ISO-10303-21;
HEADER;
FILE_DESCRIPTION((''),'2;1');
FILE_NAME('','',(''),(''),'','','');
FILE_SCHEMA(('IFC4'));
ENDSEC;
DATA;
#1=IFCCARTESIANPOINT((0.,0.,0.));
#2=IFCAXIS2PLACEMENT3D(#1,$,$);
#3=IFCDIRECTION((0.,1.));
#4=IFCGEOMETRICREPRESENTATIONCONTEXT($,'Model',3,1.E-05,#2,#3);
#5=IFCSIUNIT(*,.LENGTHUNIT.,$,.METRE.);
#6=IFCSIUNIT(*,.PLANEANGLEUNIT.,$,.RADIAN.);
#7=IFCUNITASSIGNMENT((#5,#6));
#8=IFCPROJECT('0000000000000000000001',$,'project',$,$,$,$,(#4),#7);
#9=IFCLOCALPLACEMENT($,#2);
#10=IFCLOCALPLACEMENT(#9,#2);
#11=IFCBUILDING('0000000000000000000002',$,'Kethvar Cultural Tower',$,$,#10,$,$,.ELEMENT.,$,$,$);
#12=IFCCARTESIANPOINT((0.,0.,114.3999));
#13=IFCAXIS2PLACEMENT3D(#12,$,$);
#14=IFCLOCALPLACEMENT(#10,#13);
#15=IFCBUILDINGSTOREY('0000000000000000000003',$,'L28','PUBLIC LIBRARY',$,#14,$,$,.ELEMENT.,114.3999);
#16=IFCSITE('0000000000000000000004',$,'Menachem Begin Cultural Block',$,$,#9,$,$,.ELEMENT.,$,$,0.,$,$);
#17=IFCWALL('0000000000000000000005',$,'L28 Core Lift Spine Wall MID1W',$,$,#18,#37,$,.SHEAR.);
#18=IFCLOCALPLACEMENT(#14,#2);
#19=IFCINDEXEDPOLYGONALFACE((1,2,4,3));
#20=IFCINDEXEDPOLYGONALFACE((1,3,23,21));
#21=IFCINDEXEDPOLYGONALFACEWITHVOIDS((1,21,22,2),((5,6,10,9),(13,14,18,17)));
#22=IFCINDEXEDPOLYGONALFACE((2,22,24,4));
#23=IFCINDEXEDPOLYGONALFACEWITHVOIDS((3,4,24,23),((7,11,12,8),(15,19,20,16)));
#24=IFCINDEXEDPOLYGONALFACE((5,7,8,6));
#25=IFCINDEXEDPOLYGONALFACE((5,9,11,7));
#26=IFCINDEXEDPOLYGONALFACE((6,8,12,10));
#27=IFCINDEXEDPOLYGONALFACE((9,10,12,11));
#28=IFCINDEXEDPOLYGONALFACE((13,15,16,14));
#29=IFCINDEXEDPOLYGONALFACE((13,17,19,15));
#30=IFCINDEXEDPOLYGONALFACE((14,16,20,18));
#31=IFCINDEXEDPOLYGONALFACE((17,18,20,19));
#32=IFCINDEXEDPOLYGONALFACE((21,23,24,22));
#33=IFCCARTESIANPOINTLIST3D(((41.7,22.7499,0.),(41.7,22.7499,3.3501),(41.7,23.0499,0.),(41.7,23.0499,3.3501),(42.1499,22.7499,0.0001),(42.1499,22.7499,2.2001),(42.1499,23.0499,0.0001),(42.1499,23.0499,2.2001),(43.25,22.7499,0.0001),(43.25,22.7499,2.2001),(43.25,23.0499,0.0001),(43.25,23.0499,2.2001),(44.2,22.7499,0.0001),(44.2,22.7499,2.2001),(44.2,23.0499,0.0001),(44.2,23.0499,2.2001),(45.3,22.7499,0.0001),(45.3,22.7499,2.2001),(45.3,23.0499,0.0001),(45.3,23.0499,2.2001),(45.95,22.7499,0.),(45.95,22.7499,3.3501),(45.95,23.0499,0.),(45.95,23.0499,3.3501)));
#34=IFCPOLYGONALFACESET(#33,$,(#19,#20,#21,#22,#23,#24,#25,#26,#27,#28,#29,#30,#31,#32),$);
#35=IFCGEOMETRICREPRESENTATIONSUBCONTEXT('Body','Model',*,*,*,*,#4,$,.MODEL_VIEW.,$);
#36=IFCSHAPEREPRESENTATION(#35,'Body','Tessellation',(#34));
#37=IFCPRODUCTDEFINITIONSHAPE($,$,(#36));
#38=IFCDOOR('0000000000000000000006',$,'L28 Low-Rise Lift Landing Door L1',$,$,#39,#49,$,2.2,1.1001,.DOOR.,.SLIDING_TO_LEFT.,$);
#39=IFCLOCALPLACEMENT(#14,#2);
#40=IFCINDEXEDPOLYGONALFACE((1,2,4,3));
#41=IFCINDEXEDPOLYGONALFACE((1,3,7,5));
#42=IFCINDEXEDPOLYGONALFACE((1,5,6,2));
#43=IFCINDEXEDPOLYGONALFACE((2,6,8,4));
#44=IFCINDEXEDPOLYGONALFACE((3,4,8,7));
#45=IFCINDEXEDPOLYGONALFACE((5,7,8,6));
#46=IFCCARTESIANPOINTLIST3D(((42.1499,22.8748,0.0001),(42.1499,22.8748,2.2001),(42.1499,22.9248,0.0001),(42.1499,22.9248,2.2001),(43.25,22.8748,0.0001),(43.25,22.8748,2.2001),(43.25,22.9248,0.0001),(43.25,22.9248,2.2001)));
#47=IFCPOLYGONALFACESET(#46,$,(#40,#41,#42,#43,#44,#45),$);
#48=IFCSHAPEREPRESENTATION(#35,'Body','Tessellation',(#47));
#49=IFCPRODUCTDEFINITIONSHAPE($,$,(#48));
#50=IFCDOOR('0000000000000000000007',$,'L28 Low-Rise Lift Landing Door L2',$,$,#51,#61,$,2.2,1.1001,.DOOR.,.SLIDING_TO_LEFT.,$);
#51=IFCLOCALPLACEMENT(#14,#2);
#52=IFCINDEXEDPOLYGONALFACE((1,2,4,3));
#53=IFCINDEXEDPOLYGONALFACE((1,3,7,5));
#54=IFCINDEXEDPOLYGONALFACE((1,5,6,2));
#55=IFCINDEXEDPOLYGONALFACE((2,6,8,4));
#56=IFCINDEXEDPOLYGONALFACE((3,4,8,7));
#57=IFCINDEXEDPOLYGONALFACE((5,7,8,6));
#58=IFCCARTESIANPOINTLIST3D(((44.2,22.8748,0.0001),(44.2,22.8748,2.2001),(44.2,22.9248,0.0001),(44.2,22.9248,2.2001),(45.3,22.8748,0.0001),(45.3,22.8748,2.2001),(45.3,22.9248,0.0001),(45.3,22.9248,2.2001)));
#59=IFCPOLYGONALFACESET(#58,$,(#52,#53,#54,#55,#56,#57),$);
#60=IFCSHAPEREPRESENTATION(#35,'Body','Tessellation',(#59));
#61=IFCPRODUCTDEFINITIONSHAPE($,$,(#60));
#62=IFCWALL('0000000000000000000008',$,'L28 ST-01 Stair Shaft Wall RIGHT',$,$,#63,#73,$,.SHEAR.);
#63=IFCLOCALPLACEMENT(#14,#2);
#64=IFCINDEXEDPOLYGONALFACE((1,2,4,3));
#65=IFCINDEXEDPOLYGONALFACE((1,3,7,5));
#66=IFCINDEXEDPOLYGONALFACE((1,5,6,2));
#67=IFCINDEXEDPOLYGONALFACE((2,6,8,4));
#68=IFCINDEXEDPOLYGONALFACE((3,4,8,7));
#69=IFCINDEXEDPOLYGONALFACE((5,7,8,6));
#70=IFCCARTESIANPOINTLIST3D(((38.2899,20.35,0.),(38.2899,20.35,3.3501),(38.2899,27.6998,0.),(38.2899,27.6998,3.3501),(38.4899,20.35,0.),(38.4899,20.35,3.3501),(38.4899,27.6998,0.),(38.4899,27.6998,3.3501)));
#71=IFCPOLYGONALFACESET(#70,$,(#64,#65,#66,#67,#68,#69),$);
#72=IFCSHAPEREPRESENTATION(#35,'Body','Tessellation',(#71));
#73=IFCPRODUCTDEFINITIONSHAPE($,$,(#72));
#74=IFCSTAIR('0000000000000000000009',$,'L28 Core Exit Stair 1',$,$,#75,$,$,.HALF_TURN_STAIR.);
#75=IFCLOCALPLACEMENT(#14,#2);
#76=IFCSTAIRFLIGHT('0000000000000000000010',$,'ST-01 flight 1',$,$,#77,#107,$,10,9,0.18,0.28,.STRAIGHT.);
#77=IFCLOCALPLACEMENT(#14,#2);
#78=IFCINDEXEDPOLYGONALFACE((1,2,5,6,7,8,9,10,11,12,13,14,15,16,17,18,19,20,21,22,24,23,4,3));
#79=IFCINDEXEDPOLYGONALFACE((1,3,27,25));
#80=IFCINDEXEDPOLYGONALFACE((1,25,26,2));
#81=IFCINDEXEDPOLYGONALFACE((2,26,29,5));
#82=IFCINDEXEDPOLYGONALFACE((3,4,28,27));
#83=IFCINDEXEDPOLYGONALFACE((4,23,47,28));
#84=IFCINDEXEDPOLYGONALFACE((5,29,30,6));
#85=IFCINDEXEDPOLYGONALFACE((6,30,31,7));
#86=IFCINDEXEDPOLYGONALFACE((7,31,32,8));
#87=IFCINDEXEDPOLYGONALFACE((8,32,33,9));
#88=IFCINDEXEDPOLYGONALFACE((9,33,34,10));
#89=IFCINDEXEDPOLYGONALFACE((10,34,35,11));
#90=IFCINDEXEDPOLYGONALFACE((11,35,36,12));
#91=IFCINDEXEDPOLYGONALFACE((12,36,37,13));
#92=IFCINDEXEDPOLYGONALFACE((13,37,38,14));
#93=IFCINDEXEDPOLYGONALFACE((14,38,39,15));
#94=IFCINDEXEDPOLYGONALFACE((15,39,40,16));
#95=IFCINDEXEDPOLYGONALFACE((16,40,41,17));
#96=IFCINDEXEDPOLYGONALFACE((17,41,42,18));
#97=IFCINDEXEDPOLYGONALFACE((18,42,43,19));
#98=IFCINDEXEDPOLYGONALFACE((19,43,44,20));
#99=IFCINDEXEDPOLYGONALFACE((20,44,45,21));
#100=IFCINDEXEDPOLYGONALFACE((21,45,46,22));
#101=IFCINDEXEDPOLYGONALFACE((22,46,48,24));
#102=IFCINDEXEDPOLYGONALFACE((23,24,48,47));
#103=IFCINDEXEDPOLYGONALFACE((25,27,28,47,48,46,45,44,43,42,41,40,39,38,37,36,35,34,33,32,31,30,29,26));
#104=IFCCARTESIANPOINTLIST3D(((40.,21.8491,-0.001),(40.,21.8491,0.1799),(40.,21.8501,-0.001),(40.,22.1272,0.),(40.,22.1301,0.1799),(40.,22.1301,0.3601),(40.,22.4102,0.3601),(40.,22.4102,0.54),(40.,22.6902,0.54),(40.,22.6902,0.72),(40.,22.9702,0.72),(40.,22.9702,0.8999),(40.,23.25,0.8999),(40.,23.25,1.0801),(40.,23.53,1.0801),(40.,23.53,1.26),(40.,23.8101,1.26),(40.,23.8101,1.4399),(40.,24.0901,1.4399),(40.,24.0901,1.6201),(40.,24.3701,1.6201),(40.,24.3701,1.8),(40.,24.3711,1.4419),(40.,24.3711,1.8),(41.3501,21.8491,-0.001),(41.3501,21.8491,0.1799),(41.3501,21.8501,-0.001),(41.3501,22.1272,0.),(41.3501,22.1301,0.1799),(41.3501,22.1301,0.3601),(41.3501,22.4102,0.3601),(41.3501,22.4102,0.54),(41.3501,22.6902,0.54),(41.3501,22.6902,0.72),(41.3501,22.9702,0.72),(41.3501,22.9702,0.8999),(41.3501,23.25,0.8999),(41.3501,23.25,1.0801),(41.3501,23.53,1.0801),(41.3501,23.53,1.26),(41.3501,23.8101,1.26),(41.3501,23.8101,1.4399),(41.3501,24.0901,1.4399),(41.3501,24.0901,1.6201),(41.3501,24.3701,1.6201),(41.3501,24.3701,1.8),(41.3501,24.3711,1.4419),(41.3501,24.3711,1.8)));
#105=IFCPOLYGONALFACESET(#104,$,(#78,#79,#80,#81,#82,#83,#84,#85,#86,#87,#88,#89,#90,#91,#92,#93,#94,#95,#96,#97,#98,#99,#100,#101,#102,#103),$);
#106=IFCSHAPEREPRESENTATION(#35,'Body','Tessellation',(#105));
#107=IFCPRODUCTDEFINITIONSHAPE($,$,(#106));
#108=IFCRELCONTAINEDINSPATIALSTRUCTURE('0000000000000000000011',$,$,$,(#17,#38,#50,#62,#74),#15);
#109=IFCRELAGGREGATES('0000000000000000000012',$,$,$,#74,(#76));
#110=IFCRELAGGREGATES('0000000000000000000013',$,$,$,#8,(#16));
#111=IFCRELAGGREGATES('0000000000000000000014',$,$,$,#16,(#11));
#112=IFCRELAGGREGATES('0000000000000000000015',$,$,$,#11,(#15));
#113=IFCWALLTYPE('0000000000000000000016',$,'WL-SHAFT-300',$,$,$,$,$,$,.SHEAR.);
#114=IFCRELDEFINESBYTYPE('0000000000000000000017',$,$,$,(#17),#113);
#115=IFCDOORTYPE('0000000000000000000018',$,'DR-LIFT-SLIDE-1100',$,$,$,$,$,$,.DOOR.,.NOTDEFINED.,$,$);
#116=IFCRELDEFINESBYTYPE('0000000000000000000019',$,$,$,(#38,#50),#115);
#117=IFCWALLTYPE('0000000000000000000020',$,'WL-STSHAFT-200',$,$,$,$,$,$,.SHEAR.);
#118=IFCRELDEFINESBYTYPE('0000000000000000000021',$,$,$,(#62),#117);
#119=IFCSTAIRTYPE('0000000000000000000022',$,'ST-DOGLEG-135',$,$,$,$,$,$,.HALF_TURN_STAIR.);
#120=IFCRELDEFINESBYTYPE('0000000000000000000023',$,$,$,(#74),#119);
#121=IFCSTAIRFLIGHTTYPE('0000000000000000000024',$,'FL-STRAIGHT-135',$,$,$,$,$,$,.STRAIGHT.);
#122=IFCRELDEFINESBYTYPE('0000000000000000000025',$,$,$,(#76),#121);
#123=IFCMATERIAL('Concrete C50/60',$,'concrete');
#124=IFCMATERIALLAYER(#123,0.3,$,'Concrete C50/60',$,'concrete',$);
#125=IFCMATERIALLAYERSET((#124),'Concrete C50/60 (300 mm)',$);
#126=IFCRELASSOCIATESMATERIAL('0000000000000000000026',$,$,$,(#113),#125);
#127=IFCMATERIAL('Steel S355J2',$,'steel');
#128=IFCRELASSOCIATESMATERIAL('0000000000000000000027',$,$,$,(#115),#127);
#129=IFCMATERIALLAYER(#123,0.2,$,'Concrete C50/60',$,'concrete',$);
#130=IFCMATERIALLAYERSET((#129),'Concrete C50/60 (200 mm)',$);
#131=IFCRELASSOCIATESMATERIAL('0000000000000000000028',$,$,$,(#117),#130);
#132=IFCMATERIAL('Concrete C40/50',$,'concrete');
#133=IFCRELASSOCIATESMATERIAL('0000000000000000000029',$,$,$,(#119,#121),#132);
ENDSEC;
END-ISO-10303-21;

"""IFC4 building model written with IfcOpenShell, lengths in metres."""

from ifc_helpers import new_model, si_unit, direction, frame, frame_2d, origin, place, context, subcontext, project, spatial, polyline, rectangle, outline, extrude, source, transform, mapped, material, layer, layer_set, type_object, element, fill, aggregate, save


model = new_model("IFC4")

# Units and contexts
model_context = context("Model", 3, precision=1e-05, world=origin(), true_north=direction((0.0, 1.0)))
body_context = subcontext(model_context, "Body", "Model", "MODEL_VIEW")
ifc_project = project(units=[si_unit("LENGTHUNIT", "METRE"), si_unit("PLANEANGLEUNIT", "RADIAN")], contexts=[model_context])

# Site, building, storey
site_placement = place(None, origin())
site = spatial("IfcSite", under=ifc_project, at=site_placement, Name="Menachem Begin Cultural Block", CompositionType="ELEMENT", RefElevation=0.0)
building_placement = place(site_placement, origin())
building = spatial("IfcBuilding", under=site, at=building_placement, Name="Kethvar Cultural Tower", CompositionType="ELEMENT")
storey_placement = place(building_placement, frame((0.0, 0.0, 114.3999)))
storey = spatial("IfcBuildingStorey", under=building, at=storey_placement, Name="L28", Description="PUBLIC LIBRARY", CompositionType="ELEMENT", Elevation=114.3999)

# Shared definitions
ifc_material_1 = material(Name="Steel S355J2", Category="steel")

# Wall, openings, doors
ifc_material_2 = material(Name="Concrete C50/60", Category="concrete")
ifc_layer_1 = layer(ifc_material_2, 0.3, Name="Concrete C50/60", Category="concrete")
ifc_layer_set_1 = layer_set([ifc_layer_1], Name="Concrete C50/60 (300 mm)")
wall_type_1 = type_object("IfcWallType", Name="WL-SHAFT-300", PredefinedType="SHEAR", material=ifc_layer_set_1)
wall_1_placement = place(storey_placement, frame((41.7, 22.8999, 0.0), z_axis=(0.0, 0.0, 1.0), x_axis=(1.0, 0.0, 0.0)))
wall_1 = element("IfcWall", 1, at=wall_1_placement, inside=storey, type_object=wall_type_1, Name="L28 Core Lift Spine Wall MID1W", PredefinedType="SHEAR", context=body_context, shape_type="SweptSolid", body=[
    extrude(rectangle(XDim=4.25, YDim=0.3, at=frame_2d((2.125, 0.0))), origin(), (0.0, 0.0, 1.0), 3.3501),
])
opening_1_placement = place(wall_1_placement, frame((0.45, 0.0, 0.0)))
opening_1 = element("IfcOpeningElement", 2, at=opening_1_placement, cuts=wall_1, PredefinedType="OPENING", context=body_context, shape_type="SweptSolid", body=[
    extrude(rectangle(XDim=1.1001, YDim=2.2, at=frame_2d((0.55, 1.1001))), frame((0.0, 0.1599, 0.0), z_axis=(0.0, -1.0, 0.0), x_axis=(1.0, 0.0, 0.0)), (0.0, 0.0, 1.0), 0.3201),
])
opening_2_placement = place(wall_1_placement, frame((2.5, 0.0, 0.0)))
opening_2 = element("IfcOpeningElement", 3, at=opening_2_placement, cuts=wall_1, PredefinedType="OPENING", context=body_context, shape_type="SweptSolid", body=[
    extrude(rectangle(XDim=1.1001, YDim=2.2, at=frame_2d((0.55, 1.1001))), frame((0.0, 0.1599, 0.0), z_axis=(0.0, -1.0, 0.0), x_axis=(1.0, 0.0, 0.0)), (0.0, 0.0, 1.0), 0.3201),
])
door_type_1 = type_object("IfcDoorType", Name="DR-LIFT-SLIDE-1100", OperationType="NOTDEFINED", PredefinedType="DOOR", material=ifc_material_1)
shared_shape_1 = source(origin(), body_context, "Body", "SweptSolid", [
    extrude(rectangle(XDim=1.1001, YDim=2.2, at=frame_2d((0.55, 1.1001))), frame((0.0, 0.0249, 0.0), z_axis=(0.0, -1.0, 0.0), x_axis=(1.0, 0.0, 0.0)), (0.0, 0.0, 1.0), 0.05),
])
door_1_placement = place(opening_1_placement, origin())
door_1 = element("IfcDoor", 4, at=door_1_placement, inside=storey, type_object=door_type_1, Name="L28 Low-Rise Lift Landing Door L1", OperationType="SLIDING_TO_LEFT", OverallHeight=2.2, OverallWidth=1.1001, PredefinedType="DOOR", context=body_context, shape_type="MappedRepresentation", body=[
    mapped(shared_shape_1, transform((0.0, 0.0, 0.0), scale=1.0)),
])
fill(opening_1, door_1)
door_2_placement = place(opening_2_placement, origin())
door_2 = element("IfcDoor", 5, at=door_2_placement, inside=storey, type_object=door_type_1, Name="L28 Low-Rise Lift Landing Door L2", OperationType="SLIDING_TO_LEFT", OverallHeight=2.2, OverallWidth=1.1001, PredefinedType="DOOR", context=body_context, shape_type="MappedRepresentation", body=[
    mapped(shared_shape_1, transform((0.0, 0.0, 0.0), scale=1.0)),
])
fill(opening_2, door_2)

# Wall
ifc_layer_2 = layer(ifc_material_2, 0.2, Name="Concrete C50/60", Category="concrete")
ifc_layer_set_2 = layer_set([ifc_layer_2], Name="Concrete C50/60 (200 mm)")
wall_type_2 = type_object("IfcWallType", Name="WL-STSHAFT-200", PredefinedType="SHEAR", material=ifc_layer_set_2)
wall_2_placement = place(storey_placement, frame((38.3899, 20.3501, 0.0), z_axis=(0.0, 0.0, 1.0), x_axis=(0.0, 1.0, 0.0)))
element("IfcWall", 6, at=wall_2_placement, inside=storey, type_object=wall_type_2, Name="L28 ST-01 Stair Shaft Wall RIGHT", PredefinedType="SHEAR", context=body_context, shape_type="SweptSolid", body=[
    extrude(rectangle(XDim=7.3499, YDim=0.2, at=frame_2d((3.6748, 0.0))), origin(), (0.0, 0.0, 1.0), 3.3501),
])

# Stair, stair flight
ifc_material_3 = material(Name="Concrete C40/50", Category="concrete")
stair_type = type_object("IfcStairType", Name="ST-DOGLEG-135", PredefinedType="HALF_TURN_STAIR", material=ifc_material_3)
stair_placement = place(storey_placement, origin())
stair = element("IfcStair", 7, at=stair_placement, inside=storey, type_object=stair_type, Name="L28 Core Exit Stair 1", PredefinedType="HALF_TURN_STAIR")
stair_flight_type = type_object("IfcStairFlightType", Name="FL-STRAIGHT-135", PredefinedType="STRAIGHT", material=ifc_material_3)
stair_flight_placement = place(storey_placement, frame((40.675, 21.8501, 0.0), z_axis=(0.0, 0.0, 1.0), x_axis=(0.0, 1.0, 0.0)))
stair_flight = element("IfcStairFlight", 8, at=stair_flight_placement, type_object=stair_flight_type, Name="ST-01 flight 1", NumberOfRisers=10, NumberOfTreads=9, PredefinedType="STRAIGHT", RiserHeight=0.18, TreadLength=0.28, context=body_context, shape_type="SweptSolid", body=[
    extrude(outline(polyline([(-0.001, -0.001), (-0.001, 0.1799), (0.28, 0.1799), (0.28, 0.3601), (0.5601, 0.3601), (0.5601, 0.54), (0.8401, 0.54), (0.8401, 0.72), (1.1201, 0.72), (1.1201, 0.8999), (1.3999, 0.8999), (1.3999, 1.0801), (1.6799, 1.0801), (1.6799, 1.26), (1.96, 1.26), (1.96, 1.4399), (2.24, 1.4399), (2.24, 1.6201), (2.52, 1.6201), (2.52, 1.8), (2.521, 1.8), (2.521, 1.4419), (0.2771, 0.0), (0.0, -0.001), (-0.001, -0.001)])), frame((0.0, 0.675, 0.0), z_axis=(0.0, -1.0, 0.0), x_axis=(1.0, 0.0, 0.0)), (0.0, 0.0, 1.0), 1.3501),
])
aggregate(stair, [stair_flight])

save(model, "model.ifc")
